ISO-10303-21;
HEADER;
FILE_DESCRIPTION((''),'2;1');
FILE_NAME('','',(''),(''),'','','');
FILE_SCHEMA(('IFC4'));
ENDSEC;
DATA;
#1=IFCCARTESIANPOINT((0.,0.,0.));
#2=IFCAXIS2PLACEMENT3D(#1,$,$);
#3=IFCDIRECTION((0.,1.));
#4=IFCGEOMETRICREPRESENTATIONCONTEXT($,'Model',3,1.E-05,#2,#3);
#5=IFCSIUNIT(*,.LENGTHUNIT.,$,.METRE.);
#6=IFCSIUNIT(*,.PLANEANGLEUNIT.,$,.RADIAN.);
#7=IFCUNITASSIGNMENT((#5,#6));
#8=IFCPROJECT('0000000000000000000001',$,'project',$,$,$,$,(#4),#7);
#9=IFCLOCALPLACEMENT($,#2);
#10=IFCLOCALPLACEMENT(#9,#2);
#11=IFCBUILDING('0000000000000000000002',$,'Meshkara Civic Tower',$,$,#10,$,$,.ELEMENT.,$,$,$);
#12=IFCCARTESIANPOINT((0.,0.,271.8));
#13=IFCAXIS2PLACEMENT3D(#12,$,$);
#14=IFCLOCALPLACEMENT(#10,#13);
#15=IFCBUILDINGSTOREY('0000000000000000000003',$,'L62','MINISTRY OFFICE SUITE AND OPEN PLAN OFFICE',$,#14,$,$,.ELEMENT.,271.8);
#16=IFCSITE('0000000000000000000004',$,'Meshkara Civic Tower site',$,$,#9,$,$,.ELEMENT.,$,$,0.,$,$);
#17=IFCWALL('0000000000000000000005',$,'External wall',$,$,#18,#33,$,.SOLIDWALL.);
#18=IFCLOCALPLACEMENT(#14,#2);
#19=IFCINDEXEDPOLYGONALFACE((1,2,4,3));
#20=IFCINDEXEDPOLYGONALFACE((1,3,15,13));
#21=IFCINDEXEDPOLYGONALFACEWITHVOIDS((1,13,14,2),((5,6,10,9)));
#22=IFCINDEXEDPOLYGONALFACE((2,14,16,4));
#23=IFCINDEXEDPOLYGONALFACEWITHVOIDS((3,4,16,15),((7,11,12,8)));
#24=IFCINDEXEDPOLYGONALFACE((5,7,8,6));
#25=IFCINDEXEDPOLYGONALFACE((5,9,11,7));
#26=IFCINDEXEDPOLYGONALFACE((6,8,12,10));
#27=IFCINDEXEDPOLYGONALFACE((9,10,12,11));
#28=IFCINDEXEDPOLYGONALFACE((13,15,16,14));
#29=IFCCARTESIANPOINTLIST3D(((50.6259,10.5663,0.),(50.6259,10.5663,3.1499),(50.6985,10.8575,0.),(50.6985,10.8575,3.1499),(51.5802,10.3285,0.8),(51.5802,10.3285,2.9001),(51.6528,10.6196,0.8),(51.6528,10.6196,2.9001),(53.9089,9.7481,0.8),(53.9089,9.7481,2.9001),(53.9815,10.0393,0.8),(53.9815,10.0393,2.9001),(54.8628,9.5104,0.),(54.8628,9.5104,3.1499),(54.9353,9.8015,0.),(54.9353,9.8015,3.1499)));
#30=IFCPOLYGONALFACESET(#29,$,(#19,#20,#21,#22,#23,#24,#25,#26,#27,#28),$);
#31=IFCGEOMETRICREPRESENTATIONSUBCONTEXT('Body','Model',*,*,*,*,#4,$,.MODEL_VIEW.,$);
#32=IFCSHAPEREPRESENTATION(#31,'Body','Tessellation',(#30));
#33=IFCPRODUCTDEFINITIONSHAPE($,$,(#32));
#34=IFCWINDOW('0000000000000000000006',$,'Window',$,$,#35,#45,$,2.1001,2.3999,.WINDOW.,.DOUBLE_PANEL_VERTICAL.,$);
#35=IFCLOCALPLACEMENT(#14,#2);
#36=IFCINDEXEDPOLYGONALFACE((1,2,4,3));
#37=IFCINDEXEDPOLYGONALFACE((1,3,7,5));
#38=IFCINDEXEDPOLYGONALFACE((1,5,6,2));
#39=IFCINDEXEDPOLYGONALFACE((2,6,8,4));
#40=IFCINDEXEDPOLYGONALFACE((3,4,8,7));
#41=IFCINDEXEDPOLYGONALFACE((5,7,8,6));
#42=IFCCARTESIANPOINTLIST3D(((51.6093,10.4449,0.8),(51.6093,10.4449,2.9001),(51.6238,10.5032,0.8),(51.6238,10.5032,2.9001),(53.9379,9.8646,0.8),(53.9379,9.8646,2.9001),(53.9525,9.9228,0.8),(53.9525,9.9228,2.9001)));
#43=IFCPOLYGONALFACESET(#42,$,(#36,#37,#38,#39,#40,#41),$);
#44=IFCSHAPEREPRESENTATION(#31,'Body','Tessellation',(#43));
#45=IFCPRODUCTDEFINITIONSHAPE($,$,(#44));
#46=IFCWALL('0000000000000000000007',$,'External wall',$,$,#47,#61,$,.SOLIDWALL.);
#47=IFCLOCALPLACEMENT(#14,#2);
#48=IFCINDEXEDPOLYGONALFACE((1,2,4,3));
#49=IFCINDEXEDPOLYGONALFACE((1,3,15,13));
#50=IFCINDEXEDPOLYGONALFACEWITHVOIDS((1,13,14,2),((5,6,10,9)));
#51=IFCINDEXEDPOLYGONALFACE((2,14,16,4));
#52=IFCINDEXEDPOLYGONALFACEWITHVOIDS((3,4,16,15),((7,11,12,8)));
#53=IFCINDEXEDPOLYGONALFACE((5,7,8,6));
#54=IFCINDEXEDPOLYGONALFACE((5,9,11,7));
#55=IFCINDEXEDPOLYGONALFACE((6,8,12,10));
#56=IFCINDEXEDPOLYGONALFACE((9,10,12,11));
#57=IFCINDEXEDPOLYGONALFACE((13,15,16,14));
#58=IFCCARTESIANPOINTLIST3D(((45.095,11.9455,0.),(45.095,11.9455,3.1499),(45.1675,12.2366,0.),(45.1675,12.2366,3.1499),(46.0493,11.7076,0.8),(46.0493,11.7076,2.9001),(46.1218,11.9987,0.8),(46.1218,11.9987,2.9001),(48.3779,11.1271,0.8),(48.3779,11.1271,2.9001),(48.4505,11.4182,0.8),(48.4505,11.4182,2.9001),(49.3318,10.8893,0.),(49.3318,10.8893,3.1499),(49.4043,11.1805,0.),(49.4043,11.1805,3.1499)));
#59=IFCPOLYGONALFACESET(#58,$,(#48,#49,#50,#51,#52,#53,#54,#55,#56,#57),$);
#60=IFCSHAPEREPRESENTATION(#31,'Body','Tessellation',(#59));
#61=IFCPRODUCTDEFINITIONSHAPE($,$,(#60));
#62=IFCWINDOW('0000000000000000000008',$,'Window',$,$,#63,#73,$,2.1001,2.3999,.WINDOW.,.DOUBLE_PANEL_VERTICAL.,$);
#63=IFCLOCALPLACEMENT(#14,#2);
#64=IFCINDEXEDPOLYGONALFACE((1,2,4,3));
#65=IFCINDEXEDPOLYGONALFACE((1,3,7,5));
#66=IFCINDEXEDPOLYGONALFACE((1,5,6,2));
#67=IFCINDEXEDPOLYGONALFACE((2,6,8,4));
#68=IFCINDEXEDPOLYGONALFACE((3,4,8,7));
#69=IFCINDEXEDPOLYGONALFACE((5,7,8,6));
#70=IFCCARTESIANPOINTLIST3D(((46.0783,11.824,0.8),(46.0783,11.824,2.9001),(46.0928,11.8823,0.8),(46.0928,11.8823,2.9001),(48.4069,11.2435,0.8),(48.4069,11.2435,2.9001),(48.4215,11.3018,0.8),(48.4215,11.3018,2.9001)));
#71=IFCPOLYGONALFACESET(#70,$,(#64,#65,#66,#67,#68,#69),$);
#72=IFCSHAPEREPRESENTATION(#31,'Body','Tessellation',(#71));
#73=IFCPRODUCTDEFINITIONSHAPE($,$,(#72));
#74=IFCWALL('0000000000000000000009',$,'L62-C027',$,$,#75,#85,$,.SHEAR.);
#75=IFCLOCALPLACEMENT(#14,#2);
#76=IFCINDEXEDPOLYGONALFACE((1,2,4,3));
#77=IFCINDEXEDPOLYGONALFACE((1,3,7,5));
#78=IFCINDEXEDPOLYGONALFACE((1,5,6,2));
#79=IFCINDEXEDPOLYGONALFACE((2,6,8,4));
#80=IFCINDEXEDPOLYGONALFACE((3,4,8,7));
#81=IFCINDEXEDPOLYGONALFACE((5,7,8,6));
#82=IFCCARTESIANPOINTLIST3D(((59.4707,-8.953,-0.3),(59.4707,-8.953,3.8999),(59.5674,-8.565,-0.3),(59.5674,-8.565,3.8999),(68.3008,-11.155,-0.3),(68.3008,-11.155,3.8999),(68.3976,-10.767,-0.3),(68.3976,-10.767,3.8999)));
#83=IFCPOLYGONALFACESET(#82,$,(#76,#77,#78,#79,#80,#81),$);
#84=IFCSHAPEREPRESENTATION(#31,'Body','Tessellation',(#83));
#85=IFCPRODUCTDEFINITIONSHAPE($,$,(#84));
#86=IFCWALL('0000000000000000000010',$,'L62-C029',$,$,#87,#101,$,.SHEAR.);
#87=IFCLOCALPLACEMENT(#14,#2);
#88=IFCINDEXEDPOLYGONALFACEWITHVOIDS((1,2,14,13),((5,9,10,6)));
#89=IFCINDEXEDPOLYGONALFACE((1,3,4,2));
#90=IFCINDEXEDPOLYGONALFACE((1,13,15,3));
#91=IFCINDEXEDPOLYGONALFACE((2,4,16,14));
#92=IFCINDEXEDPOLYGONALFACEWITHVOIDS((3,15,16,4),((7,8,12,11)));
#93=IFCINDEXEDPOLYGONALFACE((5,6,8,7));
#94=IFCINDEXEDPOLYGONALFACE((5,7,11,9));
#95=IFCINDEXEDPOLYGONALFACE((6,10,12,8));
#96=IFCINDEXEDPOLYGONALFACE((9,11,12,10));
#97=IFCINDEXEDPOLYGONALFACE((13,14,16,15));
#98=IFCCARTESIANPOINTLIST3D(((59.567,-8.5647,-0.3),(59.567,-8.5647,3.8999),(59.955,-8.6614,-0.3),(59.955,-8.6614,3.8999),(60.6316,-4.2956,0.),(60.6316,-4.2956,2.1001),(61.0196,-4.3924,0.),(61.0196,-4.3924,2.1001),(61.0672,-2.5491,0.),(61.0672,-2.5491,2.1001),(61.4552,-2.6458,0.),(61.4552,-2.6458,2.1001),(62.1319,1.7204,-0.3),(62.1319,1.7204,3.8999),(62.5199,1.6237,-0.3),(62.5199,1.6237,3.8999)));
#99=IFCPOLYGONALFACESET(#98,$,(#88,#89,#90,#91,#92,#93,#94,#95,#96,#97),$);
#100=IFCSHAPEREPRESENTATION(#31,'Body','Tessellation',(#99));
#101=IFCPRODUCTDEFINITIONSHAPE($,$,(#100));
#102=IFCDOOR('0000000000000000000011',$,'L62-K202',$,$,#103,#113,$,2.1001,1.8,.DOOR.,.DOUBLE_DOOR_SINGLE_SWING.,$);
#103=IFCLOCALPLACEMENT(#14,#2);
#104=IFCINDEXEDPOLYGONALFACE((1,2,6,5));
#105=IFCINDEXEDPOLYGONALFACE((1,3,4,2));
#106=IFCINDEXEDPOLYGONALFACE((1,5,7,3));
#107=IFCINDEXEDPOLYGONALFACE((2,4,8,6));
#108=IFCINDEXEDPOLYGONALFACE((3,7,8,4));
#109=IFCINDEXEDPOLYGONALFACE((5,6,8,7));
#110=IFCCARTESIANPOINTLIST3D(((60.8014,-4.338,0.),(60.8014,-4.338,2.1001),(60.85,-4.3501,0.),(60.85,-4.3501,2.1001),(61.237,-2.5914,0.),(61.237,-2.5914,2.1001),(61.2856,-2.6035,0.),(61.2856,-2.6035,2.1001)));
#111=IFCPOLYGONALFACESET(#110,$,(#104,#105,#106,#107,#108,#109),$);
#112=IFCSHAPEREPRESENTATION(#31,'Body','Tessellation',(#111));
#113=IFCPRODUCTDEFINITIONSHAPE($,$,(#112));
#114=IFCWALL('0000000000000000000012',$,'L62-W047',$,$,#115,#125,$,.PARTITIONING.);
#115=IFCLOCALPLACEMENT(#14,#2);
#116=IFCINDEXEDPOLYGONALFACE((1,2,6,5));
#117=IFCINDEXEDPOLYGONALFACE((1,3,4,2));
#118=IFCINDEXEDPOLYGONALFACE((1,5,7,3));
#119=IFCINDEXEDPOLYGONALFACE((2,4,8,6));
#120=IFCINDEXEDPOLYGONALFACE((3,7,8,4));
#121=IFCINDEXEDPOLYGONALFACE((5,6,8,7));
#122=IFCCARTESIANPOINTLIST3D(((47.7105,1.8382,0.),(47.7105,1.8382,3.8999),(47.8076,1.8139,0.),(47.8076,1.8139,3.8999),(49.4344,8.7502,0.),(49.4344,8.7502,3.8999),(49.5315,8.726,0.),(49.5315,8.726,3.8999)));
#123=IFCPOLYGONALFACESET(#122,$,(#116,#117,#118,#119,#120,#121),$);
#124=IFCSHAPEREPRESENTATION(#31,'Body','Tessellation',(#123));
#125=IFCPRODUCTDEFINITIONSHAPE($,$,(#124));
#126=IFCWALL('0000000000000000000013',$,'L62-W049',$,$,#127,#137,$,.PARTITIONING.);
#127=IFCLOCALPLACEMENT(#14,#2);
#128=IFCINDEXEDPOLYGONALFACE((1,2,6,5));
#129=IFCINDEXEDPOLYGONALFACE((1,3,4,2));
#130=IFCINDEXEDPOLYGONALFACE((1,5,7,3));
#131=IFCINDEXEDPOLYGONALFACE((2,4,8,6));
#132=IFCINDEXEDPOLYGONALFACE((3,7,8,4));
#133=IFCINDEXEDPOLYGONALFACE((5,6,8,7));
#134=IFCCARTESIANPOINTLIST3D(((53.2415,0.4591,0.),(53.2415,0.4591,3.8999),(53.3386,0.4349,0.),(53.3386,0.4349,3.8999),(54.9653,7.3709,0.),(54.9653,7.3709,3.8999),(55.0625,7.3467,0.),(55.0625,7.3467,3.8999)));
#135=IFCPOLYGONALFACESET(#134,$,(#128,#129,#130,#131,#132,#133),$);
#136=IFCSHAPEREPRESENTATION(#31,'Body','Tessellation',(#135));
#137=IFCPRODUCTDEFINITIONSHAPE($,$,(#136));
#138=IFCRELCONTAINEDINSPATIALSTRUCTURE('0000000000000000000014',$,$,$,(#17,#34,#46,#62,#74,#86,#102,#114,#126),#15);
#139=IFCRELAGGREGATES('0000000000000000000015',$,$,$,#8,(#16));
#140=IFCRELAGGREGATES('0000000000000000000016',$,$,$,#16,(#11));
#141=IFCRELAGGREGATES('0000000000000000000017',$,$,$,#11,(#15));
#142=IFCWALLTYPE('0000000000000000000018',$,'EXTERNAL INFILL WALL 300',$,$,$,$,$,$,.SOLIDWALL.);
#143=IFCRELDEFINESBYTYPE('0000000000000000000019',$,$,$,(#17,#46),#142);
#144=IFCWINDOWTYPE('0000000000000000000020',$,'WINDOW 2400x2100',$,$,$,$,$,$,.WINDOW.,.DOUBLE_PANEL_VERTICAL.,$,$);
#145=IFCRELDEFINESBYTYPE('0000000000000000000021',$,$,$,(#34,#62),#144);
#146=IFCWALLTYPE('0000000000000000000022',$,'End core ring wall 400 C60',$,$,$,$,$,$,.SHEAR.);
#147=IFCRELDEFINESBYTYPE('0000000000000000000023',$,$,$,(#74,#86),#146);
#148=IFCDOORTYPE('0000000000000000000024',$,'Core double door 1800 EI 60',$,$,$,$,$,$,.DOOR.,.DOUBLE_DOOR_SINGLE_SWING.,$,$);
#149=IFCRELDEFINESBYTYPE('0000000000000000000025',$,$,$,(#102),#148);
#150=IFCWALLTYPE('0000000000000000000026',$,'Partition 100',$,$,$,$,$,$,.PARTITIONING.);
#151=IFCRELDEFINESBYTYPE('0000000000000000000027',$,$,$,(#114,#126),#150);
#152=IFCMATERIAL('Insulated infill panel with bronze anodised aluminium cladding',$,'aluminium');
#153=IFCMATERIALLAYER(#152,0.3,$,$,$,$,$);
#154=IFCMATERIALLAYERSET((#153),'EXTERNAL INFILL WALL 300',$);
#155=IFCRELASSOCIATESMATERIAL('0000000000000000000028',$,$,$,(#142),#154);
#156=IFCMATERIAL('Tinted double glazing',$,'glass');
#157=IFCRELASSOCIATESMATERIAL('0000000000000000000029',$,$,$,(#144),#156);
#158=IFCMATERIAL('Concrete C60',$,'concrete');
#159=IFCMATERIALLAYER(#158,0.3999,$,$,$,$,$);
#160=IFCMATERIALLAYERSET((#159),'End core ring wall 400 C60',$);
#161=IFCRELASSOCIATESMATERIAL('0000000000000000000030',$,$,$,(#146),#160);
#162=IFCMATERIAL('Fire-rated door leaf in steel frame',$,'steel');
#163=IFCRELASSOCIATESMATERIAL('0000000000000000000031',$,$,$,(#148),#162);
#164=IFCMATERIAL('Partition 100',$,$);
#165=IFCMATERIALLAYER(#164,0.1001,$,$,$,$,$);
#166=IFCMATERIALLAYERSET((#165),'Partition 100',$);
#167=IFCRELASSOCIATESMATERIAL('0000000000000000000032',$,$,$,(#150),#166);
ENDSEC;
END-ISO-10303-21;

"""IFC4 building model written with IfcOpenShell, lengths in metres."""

from ifc_helpers import new_model, si_unit, direction, frame, frame_2d, origin, place, context, subcontext, project, spatial, rectangle, extrude, material, layer, layer_set, type_object, element, fill, save


model = new_model("IFC4")

# Units and contexts
model_context = context("Model", 3, precision=1e-05, world=origin(), true_north=direction((0.0, 1.0)))
body_context = subcontext(model_context, "Body", "Model", "MODEL_VIEW")
ifc_project = project(units=[si_unit("LENGTHUNIT", "METRE"), si_unit("PLANEANGLEUNIT", "RADIAN")], contexts=[model_context])

# Site, building, storey
site_placement = place(None, origin())
site = spatial("IfcSite", under=ifc_project, at=site_placement, Name="Meshkara Civic Tower site", CompositionType="ELEMENT", RefElevation=0.0)
building_placement = place(site_placement, origin())
building = spatial("IfcBuilding", under=site, at=building_placement, Name="Meshkara Civic Tower", CompositionType="ELEMENT")
storey_placement = place(building_placement, frame((0.0, 0.0, 271.8)))
storey = spatial("IfcBuildingStorey", under=building, at=storey_placement, Name="L62", Description="MINISTRY OFFICE SUITE AND OPEN PLAN OFFICE", CompositionType="ELEMENT", Elevation=271.8)

# Walls, openings, windows
ifc_material_1 = material(Name="Insulated infill panel with bronze anodised aluminium cladding", Category="aluminium")
ifc_layer_1 = layer(ifc_material_1, 0.3)
ifc_layer_set_1 = layer_set([ifc_layer_1], Name="EXTERNAL INFILL WALL 300")
wall_type_1 = type_object("IfcWallType", Name="EXTERNAL INFILL WALL 300", PredefinedType="SOLIDWALL", material=ifc_layer_set_1)
ifc_material_2 = material(Name="Tinted double glazing", Category="glass")
window_type = type_object("IfcWindowType", Name="WINDOW 2400x2100", PartitioningType="DOUBLE_PANEL_VERTICAL", PredefinedType="WINDOW", material=ifc_material_2)
wall_1_placement = place(storey_placement, frame((54.8989, 9.656, 0.0), z_axis=(0.0, 0.0, 1.0), x_axis=(-0.97032, 0.241825, 0.0)))
wall_1 = element("IfcWall", 1, at=wall_1_placement, inside=storey, type_object=wall_type_1, Name="External wall", PredefinedType="SOLIDWALL", context=body_context, shape_type="SweptSolid", body=[
    extrude(rectangle(XDim=4.3665, YDim=0.3, at=frame_2d((2.1831, 0.0))), origin(), (0.0, 0.0, 1.0), 3.1499),
])
opening_1_placement = place(wall_1_placement, frame((0.9829, 0.0, 0.8)))
opening_1 = element("IfcOpeningElement", 2, at=opening_1_placement, cuts=wall_1, PredefinedType="OPENING", context=body_context, shape_type="SweptSolid", body=[
    extrude(rectangle(XDim=2.3999, YDim=2.1001, at=frame_2d((1.2, 1.05))), frame((0.0, 0.1599, 0.0), z_axis=(0.0, -1.0, 0.0), x_axis=(1.0, 0.0, 0.0)), (0.0, 0.0, 1.0), 0.3201),
])
window_1_placement = place(opening_1_placement, origin())
window_1 = element("IfcWindow", 3, at=window_1_placement, inside=storey, type_object=window_type, Name="Window", OverallHeight=2.1001, OverallWidth=2.3999, PartitioningType="DOUBLE_PANEL_VERTICAL", PredefinedType="WINDOW", context=body_context, shape_type="SweptSolid", body=[
    extrude(rectangle(XDim=2.3999, YDim=2.1001, at=frame_2d((1.2, 1.05))), frame((0.0, 0.03, 0.0), z_axis=(0.0, -1.0, 0.0), x_axis=(1.0, 0.0, 0.0)), (0.0, 0.0, 1.0), 0.0601),
])
fill(opening_1, window_1)
wall_2_placement = place(storey_placement, frame((49.3679, 11.0349, 0.0), z_axis=(0.0, 0.0, 1.0), x_axis=(-0.970307, 0.241878, 0.0)))
wall_2 = element("IfcWall", 4, at=wall_2_placement, inside=storey, type_object=wall_type_1, Name="External wall", PredefinedType="SOLIDWALL", context=body_context, shape_type="SweptSolid", body=[
    extrude(rectangle(XDim=4.3665, YDim=0.3, at=frame_2d((2.1831, 0.0))), origin(), (0.0, 0.0, 1.0), 3.1499),
])
opening_2_placement = place(wall_2_placement, frame((0.9829, 0.0, 0.8)))
opening_2 = element("IfcOpeningElement", 5, at=opening_2_placement, cuts=wall_2, PredefinedType="OPENING", context=body_context, shape_type="SweptSolid", body=[
    extrude(rectangle(XDim=2.3999, YDim=2.1001, at=frame_2d((1.2, 1.05))), frame((0.0, 0.1599, 0.0), z_axis=(0.0, -1.0, 0.0), x_axis=(1.0, 0.0, 0.0)), (0.0, 0.0, 1.0), 0.3201),
])
window_2_placement = place(opening_2_placement, origin())
window_2 = element("IfcWindow", 6, at=window_2_placement, inside=storey, type_object=window_type, Name="Window", OverallHeight=2.1001, OverallWidth=2.3999, PartitioningType="DOUBLE_PANEL_VERTICAL", PredefinedType="WINDOW", context=body_context, shape_type="SweptSolid", body=[
    extrude(rectangle(XDim=2.3999, YDim=2.1001, at=frame_2d((1.2, 1.05))), frame((0.0, 0.03, 0.0), z_axis=(0.0, -1.0, 0.0), x_axis=(1.0, 0.0, 0.0)), (0.0, 0.0, 1.0), 0.0601),
])
fill(opening_2, window_2)

# Wall
ifc_material_3 = material(Name="Concrete C60", Category="concrete")
ifc_layer_2 = layer(ifc_material_3, 0.3999)
ifc_layer_set_2 = layer_set([ifc_layer_2], Name="End core ring wall 400 C60")
wall_type_2 = type_object("IfcWallType", Name="End core ring wall 400 C60", PredefinedType="SHEAR", material=ifc_layer_set_2)
wall_3_placement = place(storey_placement, frame((59.519, -8.759, -0.3), z_axis=(0.0, 0.0, 1.0), x_axis=(0.970288, -0.241955, 0.0)))
element("IfcWall", 7, at=wall_3_placement, inside=storey, type_object=wall_type_2, Name="L62-C027", PredefinedType="SHEAR", context=body_context, shape_type="SweptSolid", body=[
    extrude(rectangle(XDim=9.1006, YDim=0.3999, at=frame_2d((4.5503, 0.0))), origin(), (0.0, 0.0, 1.0), 4.2),
])

# Wall, opening, door
wall_4_placement = place(storey_placement, frame((59.761, -8.613, -0.3), z_axis=(0.0, 0.0, 1.0), x_axis=(0.241972, 0.970283, 0.0)))
wall_4 = element("IfcWall", 8, at=wall_4_placement, inside=storey, type_object=wall_type_2, Name="L62-C029", PredefinedType="SHEAR", context=body_context, shape_type="SweptSolid", body=[
    extrude(rectangle(XDim=10.6001, YDim=0.3999, at=frame_2d((5.3, 0.0))), origin(), (0.0, 0.0, 1.0), 4.2),
])
opening_3_placement = place(wall_4_placement, frame((4.3999, 0.0, 0.3)))
opening_3 = element("IfcOpeningElement", 9, at=opening_3_placement, cuts=wall_4, PredefinedType="OPENING", context=body_context, shape_type="SweptSolid", body=[
    extrude(rectangle(XDim=1.8, YDim=2.1001, at=frame_2d((0.8999, 1.05))), frame((0.0, 0.21, 0.0), z_axis=(0.0, -1.0, 0.0), x_axis=(1.0, 0.0, 0.0)), (0.0, 0.0, 1.0), 0.4199),
])
ifc_material_4 = material(Name="Fire-rated door leaf in steel frame", Category="steel")
door_type = type_object("IfcDoorType", Name="Core double door 1800 EI 60", OperationType="DOUBLE_DOOR_SINGLE_SWING", PredefinedType="DOOR", material=ifc_material_4)
door_placement = place(opening_3_placement, origin())
door = element("IfcDoor", 10, at=door_placement, inside=storey, type_object=door_type, Name="L62-K202", OperationType="DOUBLE_DOOR_SINGLE_SWING", OverallHeight=2.1001, OverallWidth=1.8, PredefinedType="DOOR", context=body_context, shape_type="SweptSolid", body=[
    extrude(rectangle(XDim=1.8, YDim=2.1001, at=frame_2d((0.8999, 1.05))), frame((0.0, 0.0249, 0.0), z_axis=(0.0, -1.0, 0.0), x_axis=(1.0, 0.0, 0.0)), (0.0, 0.0, 1.0), 0.05),
])
fill(opening_3, door)

# Walls
ifc_material_5 = material(Name="Partition 100")
ifc_layer_3 = layer(ifc_material_5, 0.1001)
ifc_layer_set_3 = layer_set([ifc_layer_3], Name="Partition 100")
wall_type_3 = type_object("IfcWallType", Name="Partition 100", PredefinedType="PARTITIONING", material=ifc_layer_set_3)
wall_5_placement = place(storey_placement, frame((47.759, 1.8259, 0.0), z_axis=(0.0, 0.0, 1.0), x_axis=(0.241987, 0.970279, 0.0)))
element("IfcWall", 11, at=wall_5_placement, inside=storey, type_object=wall_type_3, Name="L62-W047", PredefinedType="PARTITIONING", context=body_context, shape_type="SweptSolid", body=[
    extrude(rectangle(XDim=7.1238, YDim=0.1001, at=frame_2d((3.562, 0.0))), origin(), (0.0, 0.0, 1.0), 3.8999),
])
wall_6_placement = place(storey_placement, frame((53.29, 0.447, 0.0), z_axis=(0.0, 0.0, 1.0), x_axis=(0.241995, 0.970277, 0.0)))
element("IfcWall", 12, at=wall_6_placement, inside=storey, type_object=wall_type_3, Name="L62-W049", PredefinedType="PARTITIONING", context=body_context, shape_type="SweptSolid", body=[
    extrude(rectangle(XDim=7.1235, YDim=0.1001, at=frame_2d((3.5618, 0.0))), origin(), (0.0, 0.0, 1.0), 3.8999),
])

save(model, "model.ifc")
